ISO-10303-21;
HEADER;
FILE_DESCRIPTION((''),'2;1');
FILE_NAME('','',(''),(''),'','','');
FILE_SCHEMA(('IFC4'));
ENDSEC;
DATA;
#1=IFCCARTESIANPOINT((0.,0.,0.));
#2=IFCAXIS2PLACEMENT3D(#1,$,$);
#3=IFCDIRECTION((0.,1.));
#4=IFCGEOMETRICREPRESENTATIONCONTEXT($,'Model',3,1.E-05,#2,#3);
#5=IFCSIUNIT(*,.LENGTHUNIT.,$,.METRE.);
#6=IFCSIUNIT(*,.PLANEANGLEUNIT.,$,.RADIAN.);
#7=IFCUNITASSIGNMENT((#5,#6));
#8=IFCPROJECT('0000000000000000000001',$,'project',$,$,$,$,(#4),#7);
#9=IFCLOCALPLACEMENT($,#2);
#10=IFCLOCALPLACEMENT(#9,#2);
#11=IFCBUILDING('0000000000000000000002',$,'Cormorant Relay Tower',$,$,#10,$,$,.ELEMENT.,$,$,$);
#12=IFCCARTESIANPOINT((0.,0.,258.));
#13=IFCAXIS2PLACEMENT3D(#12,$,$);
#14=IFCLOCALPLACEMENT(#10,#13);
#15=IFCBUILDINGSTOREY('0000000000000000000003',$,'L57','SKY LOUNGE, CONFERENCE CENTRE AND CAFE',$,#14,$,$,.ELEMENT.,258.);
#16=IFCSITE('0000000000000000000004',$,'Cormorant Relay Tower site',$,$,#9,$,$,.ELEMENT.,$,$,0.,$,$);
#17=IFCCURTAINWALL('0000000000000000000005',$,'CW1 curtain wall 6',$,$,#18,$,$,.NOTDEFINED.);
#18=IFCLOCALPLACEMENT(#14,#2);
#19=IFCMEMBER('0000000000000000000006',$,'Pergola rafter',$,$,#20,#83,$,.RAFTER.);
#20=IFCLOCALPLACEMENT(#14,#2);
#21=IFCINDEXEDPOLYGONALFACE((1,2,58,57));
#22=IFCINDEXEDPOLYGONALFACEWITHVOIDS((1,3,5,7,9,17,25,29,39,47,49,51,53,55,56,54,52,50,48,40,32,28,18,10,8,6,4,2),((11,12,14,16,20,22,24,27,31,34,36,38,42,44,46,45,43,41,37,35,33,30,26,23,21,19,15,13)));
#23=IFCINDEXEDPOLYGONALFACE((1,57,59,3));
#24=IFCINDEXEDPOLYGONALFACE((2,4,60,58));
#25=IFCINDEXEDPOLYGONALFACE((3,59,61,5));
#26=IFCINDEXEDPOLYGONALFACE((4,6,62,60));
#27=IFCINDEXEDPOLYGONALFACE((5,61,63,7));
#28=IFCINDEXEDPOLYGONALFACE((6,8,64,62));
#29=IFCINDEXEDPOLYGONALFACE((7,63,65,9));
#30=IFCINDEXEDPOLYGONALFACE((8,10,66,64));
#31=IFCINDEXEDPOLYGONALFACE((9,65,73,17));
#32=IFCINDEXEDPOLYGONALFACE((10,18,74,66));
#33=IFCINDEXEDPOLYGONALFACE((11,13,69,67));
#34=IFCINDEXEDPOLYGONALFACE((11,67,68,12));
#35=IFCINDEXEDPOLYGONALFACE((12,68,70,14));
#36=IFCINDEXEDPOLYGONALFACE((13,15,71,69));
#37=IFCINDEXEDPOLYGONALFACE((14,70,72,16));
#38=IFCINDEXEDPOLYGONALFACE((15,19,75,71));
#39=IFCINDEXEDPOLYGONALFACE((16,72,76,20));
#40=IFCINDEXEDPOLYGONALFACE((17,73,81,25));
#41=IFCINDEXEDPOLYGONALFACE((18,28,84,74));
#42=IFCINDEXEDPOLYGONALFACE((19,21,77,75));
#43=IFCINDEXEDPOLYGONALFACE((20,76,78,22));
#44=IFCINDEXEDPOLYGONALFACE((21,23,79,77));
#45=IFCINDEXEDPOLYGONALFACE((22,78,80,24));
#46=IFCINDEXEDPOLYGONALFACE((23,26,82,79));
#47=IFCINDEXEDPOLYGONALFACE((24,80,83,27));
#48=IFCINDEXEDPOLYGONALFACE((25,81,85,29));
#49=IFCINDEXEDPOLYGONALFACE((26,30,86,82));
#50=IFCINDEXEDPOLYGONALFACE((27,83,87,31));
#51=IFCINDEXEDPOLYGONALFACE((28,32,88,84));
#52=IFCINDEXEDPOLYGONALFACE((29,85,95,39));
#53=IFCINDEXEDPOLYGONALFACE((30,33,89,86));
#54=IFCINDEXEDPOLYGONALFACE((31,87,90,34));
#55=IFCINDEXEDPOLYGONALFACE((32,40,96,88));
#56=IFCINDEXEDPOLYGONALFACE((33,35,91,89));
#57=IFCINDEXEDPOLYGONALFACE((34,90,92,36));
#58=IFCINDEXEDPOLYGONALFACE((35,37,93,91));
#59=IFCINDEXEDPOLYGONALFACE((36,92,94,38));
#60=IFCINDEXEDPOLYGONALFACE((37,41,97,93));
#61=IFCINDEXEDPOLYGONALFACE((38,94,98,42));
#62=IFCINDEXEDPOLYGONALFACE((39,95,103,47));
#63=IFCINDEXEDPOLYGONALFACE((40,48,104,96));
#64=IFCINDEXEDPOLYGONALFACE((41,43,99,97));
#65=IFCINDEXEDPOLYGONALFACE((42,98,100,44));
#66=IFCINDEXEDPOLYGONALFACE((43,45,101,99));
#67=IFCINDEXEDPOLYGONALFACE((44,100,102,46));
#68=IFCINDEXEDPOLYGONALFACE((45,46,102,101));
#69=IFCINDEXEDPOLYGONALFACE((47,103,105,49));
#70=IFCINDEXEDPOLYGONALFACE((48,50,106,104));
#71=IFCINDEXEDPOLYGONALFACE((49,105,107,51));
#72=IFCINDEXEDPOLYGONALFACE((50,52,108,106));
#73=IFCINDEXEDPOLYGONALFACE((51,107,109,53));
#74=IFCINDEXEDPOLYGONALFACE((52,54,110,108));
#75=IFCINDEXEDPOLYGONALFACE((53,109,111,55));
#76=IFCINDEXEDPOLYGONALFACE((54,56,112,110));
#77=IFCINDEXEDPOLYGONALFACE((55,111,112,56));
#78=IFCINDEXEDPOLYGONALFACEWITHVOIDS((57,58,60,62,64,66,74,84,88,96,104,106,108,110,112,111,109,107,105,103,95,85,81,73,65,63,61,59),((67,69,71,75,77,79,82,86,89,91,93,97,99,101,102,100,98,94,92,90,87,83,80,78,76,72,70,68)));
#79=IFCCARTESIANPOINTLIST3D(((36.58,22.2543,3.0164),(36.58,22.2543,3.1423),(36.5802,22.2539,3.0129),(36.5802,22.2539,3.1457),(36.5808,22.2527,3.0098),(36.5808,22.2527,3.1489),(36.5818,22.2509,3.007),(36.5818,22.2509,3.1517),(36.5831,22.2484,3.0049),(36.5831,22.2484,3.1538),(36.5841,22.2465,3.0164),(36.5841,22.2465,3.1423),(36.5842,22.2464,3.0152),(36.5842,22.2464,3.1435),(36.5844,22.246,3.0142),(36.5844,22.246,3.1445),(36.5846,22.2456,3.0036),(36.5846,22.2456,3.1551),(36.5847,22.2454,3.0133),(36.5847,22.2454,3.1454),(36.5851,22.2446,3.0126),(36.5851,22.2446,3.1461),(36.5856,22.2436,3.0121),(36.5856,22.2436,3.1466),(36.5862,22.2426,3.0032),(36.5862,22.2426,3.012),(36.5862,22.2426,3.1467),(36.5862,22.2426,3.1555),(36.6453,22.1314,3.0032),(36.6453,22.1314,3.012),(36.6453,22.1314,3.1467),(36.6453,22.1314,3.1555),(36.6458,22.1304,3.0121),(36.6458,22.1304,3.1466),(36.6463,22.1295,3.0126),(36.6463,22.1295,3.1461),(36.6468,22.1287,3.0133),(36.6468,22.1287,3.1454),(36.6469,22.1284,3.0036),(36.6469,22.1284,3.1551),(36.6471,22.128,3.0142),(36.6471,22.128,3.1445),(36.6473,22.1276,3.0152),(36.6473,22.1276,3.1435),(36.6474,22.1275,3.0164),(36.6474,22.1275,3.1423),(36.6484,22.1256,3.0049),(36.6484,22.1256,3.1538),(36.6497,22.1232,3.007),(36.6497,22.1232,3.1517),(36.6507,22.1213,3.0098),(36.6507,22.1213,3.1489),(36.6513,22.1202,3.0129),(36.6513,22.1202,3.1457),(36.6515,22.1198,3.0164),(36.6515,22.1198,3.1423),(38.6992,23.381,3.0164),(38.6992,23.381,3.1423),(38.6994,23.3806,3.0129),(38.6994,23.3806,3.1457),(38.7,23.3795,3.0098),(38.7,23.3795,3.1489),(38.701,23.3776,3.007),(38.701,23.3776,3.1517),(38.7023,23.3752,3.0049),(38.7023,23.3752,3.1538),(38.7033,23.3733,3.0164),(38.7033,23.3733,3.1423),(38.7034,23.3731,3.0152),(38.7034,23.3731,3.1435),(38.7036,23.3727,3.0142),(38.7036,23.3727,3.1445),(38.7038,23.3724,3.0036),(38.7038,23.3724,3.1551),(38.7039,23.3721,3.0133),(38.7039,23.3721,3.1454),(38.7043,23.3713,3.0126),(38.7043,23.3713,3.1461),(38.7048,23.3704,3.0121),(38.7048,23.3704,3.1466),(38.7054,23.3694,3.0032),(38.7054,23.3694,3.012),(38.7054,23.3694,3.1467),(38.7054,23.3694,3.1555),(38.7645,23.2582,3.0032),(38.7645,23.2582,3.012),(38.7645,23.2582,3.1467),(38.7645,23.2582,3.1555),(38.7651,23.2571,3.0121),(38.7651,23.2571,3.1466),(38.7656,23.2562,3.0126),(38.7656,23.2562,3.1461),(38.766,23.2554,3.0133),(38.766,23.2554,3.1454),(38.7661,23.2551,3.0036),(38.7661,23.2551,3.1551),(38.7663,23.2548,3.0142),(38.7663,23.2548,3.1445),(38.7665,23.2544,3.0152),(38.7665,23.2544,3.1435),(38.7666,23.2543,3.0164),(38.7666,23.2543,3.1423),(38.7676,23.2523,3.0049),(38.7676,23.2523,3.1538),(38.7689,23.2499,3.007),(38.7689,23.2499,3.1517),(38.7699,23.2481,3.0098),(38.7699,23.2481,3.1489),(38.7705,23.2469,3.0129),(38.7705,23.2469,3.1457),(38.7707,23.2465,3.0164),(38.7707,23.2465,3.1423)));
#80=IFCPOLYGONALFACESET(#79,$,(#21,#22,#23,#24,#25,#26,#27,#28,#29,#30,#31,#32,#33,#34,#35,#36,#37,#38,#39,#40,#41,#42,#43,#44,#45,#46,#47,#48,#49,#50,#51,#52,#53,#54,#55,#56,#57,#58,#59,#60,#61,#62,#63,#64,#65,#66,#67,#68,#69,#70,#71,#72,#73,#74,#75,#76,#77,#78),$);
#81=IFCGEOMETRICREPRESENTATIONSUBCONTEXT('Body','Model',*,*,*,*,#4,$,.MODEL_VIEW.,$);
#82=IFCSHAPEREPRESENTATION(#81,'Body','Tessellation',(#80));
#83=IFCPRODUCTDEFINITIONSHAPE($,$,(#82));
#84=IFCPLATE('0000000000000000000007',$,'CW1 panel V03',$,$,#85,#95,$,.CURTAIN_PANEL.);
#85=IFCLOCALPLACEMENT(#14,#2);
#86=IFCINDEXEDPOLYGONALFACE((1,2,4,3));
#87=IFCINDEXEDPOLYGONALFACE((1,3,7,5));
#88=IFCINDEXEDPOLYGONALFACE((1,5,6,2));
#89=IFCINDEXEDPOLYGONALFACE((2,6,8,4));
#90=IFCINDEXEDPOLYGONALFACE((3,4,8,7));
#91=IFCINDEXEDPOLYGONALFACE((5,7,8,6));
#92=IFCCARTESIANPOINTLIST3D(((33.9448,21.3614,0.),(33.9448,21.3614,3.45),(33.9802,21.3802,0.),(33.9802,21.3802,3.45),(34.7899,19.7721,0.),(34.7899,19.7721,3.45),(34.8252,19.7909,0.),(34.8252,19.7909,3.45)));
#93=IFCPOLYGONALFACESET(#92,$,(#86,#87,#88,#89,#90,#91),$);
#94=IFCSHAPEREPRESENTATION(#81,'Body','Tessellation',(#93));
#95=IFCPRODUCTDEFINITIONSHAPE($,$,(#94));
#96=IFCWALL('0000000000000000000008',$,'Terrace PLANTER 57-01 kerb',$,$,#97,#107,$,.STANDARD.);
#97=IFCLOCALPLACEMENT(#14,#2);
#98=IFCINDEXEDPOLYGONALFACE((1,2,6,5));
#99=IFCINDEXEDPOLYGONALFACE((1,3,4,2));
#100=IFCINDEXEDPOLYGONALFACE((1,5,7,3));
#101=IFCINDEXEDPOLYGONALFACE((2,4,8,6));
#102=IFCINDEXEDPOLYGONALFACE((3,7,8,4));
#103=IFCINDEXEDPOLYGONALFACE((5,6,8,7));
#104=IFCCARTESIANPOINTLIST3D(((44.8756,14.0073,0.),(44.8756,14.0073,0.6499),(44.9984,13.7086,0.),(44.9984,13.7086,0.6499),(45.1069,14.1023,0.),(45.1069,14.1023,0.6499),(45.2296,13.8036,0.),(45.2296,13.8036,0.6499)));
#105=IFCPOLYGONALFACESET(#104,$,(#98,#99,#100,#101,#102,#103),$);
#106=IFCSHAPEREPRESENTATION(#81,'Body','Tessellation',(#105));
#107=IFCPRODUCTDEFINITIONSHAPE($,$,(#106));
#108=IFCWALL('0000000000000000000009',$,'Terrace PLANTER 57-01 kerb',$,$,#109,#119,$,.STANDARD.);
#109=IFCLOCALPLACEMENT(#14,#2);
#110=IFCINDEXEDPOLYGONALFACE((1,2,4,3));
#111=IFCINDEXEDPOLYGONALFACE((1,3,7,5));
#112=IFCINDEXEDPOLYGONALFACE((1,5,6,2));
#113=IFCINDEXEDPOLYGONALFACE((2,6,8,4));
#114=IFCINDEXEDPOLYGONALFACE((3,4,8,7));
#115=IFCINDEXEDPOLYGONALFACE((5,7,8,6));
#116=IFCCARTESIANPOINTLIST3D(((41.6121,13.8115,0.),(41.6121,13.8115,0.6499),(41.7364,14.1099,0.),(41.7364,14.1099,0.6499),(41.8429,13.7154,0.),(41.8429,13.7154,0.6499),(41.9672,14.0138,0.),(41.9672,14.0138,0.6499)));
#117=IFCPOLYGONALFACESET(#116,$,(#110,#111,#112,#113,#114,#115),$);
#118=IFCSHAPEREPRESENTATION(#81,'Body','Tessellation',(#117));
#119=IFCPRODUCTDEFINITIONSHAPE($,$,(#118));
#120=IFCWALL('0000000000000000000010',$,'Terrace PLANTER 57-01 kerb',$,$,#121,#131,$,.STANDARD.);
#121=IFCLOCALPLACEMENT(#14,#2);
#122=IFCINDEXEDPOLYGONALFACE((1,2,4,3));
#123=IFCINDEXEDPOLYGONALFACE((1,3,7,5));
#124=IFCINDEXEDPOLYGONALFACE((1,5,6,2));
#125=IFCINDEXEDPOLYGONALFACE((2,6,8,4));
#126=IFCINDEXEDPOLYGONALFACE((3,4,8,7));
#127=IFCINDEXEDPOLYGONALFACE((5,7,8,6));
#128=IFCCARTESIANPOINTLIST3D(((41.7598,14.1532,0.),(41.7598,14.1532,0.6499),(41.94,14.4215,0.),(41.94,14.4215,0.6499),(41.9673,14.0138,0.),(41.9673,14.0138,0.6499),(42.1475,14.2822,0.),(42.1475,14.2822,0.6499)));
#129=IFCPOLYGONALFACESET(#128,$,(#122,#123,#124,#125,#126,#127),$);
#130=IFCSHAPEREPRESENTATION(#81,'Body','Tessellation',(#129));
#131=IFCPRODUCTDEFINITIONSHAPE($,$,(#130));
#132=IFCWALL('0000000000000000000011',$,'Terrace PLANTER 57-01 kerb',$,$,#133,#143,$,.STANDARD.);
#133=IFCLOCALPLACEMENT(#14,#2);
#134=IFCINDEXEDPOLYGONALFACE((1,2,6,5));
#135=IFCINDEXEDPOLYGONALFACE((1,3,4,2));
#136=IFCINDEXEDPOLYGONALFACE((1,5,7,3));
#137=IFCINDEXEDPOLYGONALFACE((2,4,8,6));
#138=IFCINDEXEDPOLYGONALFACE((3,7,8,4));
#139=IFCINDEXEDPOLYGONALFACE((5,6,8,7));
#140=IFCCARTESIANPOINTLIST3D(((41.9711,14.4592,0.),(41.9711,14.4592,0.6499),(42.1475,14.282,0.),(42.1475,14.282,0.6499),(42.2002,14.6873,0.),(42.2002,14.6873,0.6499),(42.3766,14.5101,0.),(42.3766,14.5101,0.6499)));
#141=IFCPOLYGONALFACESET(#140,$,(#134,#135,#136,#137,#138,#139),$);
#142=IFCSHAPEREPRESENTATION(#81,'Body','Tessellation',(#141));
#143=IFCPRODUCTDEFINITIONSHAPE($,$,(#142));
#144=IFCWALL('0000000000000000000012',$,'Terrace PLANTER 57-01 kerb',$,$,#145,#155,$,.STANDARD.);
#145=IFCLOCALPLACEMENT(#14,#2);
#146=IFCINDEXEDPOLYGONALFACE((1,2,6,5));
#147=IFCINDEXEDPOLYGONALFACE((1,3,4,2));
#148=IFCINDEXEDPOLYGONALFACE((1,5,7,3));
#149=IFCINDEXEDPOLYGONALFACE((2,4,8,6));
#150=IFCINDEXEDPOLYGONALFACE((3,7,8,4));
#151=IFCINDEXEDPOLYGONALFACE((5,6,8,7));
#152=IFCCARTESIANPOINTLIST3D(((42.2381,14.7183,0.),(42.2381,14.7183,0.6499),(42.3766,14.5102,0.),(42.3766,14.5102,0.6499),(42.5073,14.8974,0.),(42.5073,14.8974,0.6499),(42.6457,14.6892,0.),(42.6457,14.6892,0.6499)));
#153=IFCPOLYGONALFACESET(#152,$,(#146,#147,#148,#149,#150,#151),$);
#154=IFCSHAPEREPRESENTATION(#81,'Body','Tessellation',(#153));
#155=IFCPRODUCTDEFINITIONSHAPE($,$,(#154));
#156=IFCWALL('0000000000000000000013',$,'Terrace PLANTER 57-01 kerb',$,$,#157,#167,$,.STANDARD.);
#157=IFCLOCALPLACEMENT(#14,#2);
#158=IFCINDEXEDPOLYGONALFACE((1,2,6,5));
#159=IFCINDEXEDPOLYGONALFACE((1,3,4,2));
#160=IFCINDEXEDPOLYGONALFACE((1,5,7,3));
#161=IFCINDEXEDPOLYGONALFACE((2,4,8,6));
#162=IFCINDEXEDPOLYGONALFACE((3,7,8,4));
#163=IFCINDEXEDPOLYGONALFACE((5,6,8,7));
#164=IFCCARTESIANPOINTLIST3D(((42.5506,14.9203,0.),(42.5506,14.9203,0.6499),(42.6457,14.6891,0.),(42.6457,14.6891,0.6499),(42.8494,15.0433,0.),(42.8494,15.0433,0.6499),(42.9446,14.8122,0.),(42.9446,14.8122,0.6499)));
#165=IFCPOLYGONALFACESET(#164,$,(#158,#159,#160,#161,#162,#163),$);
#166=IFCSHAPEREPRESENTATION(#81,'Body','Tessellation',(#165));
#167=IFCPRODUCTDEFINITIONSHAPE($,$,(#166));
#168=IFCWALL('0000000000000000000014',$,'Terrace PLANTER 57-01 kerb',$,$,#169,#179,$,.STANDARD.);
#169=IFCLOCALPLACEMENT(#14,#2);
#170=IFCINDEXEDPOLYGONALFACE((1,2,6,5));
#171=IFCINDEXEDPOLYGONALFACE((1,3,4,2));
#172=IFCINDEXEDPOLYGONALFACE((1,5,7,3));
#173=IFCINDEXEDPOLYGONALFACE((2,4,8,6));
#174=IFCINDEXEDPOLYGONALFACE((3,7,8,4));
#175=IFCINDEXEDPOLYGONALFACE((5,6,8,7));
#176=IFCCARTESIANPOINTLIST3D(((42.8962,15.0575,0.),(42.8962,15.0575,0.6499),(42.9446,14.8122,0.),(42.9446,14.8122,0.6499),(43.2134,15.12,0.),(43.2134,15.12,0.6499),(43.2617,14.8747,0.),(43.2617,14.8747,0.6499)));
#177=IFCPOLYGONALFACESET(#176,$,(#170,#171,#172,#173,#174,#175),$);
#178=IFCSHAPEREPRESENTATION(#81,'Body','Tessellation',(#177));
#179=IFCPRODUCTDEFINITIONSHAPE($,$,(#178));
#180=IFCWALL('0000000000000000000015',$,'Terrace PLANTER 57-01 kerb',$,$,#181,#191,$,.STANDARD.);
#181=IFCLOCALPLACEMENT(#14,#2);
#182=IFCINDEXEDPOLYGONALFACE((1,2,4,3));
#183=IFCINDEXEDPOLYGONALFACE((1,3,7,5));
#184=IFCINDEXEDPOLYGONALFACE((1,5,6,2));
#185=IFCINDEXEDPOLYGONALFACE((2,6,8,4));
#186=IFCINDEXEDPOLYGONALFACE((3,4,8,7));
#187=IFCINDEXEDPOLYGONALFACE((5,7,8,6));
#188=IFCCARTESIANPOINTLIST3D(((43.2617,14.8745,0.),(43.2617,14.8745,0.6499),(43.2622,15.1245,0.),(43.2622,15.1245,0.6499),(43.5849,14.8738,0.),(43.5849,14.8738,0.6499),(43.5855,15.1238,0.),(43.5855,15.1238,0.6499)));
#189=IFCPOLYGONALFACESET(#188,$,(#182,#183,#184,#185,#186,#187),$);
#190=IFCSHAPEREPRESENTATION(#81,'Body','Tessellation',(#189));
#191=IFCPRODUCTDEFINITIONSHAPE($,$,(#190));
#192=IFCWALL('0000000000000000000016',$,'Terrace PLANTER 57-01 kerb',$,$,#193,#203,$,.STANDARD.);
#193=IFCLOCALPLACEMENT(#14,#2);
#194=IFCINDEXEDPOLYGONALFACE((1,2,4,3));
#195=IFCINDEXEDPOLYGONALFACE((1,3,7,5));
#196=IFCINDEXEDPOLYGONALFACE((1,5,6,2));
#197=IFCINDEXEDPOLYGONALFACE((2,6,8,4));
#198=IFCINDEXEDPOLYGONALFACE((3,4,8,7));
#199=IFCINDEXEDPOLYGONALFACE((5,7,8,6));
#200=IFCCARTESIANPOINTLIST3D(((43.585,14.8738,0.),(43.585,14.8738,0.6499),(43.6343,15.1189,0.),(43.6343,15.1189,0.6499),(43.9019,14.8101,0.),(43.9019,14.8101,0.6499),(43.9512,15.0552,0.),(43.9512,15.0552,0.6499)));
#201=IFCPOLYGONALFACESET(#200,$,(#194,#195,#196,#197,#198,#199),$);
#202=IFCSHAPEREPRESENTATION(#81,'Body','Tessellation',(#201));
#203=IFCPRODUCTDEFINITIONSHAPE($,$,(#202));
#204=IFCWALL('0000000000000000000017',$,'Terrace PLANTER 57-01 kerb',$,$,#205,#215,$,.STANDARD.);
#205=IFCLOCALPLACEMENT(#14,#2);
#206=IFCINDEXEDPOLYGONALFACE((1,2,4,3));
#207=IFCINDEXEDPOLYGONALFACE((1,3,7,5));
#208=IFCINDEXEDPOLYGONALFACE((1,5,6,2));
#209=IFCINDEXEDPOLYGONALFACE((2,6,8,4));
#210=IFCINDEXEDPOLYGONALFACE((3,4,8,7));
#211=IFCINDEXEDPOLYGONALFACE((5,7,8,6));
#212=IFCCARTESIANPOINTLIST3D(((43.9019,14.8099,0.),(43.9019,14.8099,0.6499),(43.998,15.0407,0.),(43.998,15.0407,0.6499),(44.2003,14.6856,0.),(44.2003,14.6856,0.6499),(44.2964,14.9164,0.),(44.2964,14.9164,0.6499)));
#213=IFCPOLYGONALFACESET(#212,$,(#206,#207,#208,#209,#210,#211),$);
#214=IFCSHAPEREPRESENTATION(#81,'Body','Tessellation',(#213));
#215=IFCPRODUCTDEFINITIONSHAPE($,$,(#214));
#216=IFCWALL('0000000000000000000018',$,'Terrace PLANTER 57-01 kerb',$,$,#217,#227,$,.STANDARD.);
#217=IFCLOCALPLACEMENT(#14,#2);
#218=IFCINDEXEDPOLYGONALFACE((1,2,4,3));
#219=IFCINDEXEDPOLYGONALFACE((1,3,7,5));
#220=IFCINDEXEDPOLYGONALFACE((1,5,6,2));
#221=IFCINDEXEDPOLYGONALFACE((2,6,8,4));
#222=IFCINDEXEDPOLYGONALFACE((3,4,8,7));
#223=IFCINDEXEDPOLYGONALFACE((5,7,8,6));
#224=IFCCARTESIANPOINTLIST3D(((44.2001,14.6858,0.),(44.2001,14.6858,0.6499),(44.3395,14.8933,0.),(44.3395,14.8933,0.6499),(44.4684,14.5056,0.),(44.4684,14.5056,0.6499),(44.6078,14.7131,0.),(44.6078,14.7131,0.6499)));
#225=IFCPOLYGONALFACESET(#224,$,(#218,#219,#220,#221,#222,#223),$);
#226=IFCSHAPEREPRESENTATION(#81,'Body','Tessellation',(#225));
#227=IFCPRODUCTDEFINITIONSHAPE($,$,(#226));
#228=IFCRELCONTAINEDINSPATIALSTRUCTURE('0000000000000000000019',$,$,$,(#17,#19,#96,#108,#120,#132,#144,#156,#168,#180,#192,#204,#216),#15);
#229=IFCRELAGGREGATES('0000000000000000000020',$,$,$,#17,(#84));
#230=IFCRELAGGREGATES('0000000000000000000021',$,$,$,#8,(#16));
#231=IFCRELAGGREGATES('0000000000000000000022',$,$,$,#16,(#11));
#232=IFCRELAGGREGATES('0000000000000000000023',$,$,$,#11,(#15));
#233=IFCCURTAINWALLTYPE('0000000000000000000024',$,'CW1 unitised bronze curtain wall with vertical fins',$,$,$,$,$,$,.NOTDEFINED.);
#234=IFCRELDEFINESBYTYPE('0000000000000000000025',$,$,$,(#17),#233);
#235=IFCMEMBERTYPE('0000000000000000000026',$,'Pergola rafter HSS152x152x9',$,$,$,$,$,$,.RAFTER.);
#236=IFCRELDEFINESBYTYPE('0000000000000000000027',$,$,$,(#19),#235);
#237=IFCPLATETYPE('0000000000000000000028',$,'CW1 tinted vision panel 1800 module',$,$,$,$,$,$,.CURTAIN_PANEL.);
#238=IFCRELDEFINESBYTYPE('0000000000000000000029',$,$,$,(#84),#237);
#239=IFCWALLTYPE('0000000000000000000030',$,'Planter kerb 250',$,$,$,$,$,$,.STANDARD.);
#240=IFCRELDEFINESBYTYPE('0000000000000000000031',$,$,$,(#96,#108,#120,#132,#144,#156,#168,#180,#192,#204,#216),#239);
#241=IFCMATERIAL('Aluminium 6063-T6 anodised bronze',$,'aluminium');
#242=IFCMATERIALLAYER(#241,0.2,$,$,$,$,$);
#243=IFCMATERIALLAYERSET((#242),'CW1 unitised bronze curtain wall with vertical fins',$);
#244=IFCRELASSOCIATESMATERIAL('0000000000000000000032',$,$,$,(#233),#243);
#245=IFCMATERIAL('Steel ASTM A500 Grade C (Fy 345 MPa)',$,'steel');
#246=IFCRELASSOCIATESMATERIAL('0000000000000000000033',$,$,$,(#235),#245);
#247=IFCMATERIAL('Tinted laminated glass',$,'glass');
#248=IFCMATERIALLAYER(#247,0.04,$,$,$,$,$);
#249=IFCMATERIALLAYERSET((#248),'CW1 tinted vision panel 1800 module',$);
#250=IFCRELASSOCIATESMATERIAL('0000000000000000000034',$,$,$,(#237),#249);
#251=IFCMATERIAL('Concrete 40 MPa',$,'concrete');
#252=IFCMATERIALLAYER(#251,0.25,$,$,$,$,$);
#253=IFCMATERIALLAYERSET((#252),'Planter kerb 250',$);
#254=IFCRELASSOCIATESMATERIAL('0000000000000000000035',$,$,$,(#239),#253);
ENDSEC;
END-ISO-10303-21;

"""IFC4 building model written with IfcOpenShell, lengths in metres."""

from ifc_helpers import new_model, si_unit, direction, frame, frame_2d, origin, origin_2d, place, context, subcontext, project, spatial, rectangle, hollow_rectangle, extrude, material, layer, layer_set, material_profile, profile_set, type_object, element, aggregate, save


model = new_model("IFC4")

# Units and contexts
model_context = context("Model", 3, precision=1e-05, world=origin(), true_north=direction((0.0, 1.0)))
body_context = subcontext(model_context, "Body", "Model", "MODEL_VIEW")
ifc_project = project(units=[si_unit("LENGTHUNIT", "METRE"), si_unit("PLANEANGLEUNIT", "RADIAN")], contexts=[model_context])

# Site, building, storey
site_placement = place(None, origin())
site = spatial("IfcSite", under=ifc_project, at=site_placement, Name="Cormorant Relay Tower site", CompositionType="ELEMENT", RefElevation=0.0)
building_placement = place(site_placement, origin())
building = spatial("IfcBuilding", under=site, at=building_placement, Name="Cormorant Relay Tower", CompositionType="ELEMENT")
storey_placement = place(building_placement, frame((0.0, 0.0, 258.0)))
storey = spatial("IfcBuildingStorey", under=building, at=storey_placement, Name="L57", Description="SKY LOUNGE, CONFERENCE CENTRE AND CAFE", CompositionType="ELEMENT", Elevation=258.0)

# Curtain wall
ifc_material_1 = material(Name="Aluminium 6063-T6 anodised bronze", Category="aluminium")
ifc_layer_1 = layer(ifc_material_1, 0.2)
ifc_layer_set_1 = layer_set([ifc_layer_1], Name="CW1 unitised bronze curtain wall with vertical fins")
curtain_wall_type = type_object("IfcCurtainWallType", Name="CW1 unitised bronze curtain wall with vertical fins", PredefinedType="NOTDEFINED", material=ifc_layer_set_1)
curtain_wall_placement = place(storey_placement, origin())
curtain_wall = element("IfcCurtainWall", 1, at=curtain_wall_placement, inside=storey, type_object=curtain_wall_type, Name="CW1 curtain wall 6", PredefinedType="NOTDEFINED")

# Member
ifc_material_2 = material(Name="Steel ASTM A500 Grade C (Fy 345 MPa)", Category="steel")
ifc_material_profile_1 = material_profile(ifc_material_2, hollow_rectangle(XDim=0.1523, YDim=0.1523, WallThickness=0.0088, InnerFilletRadius=0.0044, OuterFilletRadius=0.0132, at=origin_2d()), Name="HSS152x152x9")
ifc_profile_set_1 = profile_set([ifc_material_profile_1], Name="Steel ASTM A500 Grade C (Fy 345 MPa)")
member_type_1 = type_object("IfcMemberType", Name="Pergola rafter HSS152x152x9", PredefinedType="RAFTER", material=ifc_profile_set_1)
member_1_placement = place(storey_placement, frame((36.6157, 22.187, 3.0793), z_axis=(0.882958, 0.469453, 0.0), x_axis=(-0.469453, 0.882958, 0.0)))
element("IfcMember", 2, at=member_1_placement, inside=storey, type_object=member_type_1, Name="Pergola rafter", PredefinedType="RAFTER", context=body_context, shape_type="SweptSolid", body=[
    extrude(hollow_rectangle(XDim=0.1523, YDim=0.1523, WallThickness=0.0088, InnerFilletRadius=0.0044, OuterFilletRadius=0.0132, at=origin_2d()), origin(), (0.0, 0.0, 1.0), 2.4001),
])

# Plate
ifc_material_3 = material(Name="Tinted laminated glass", Category="glass")
ifc_layer_2 = layer(ifc_material_3, 0.04)
ifc_layer_set_2 = layer_set([ifc_layer_2], Name="CW1 tinted vision panel 1800 module")
plate_type = type_object("IfcPlateType", Name="CW1 tinted vision panel 1800 module", PredefinedType="CURTAIN_PANEL", material=ifc_layer_set_2)
plate_placement = place(storey_placement, frame((34.385, 20.5762, 0.0), z_axis=(0.0, 0.0, 1.0), x_axis=(-0.469472, 0.882948, 0.0)))
plate = element("IfcPlate", 3, at=plate_placement, type_object=plate_type, Name="CW1 panel V03", PredefinedType="CURTAIN_PANEL", context=body_context, shape_type="SweptSolid", body=[
    extrude(rectangle(XDim=1.8, YDim=0.04, at=origin_2d()), origin(), (0.0, 0.0, 1.0), 3.45),
])

# Walls
ifc_material_4 = material(Name="Concrete 40 MPa", Category="concrete")
ifc_layer_3 = layer(ifc_material_4, 0.25)
ifc_layer_set_3 = layer_set([ifc_layer_3], Name="Planter kerb 250")
wall_type_1 = type_object("IfcWallType", Name="Planter kerb 250", PredefinedType="STANDARD", material=ifc_layer_set_3)
wall_1_placement = place(storey_placement, frame((44.9912, 14.0549, 0.0), z_axis=(0.0, 0.0, 1.0), x_axis=(0.380104, -0.924944, 0.0)))
element("IfcWall", 4, at=wall_1_placement, inside=storey, type_object=wall_type_1, Name="Terrace PLANTER 57-01 kerb", PredefinedType="STANDARD", context=body_context, shape_type="SweptSolid", body=[
    extrude(rectangle(XDim=0.323, YDim=0.25, at=frame_2d((0.1616, 0.0))), origin(), (0.0, 0.0, 1.0), 0.6499),
])
for number, where, z_axis, x_axis, name in (
    (5, (41.7275, 13.7634, 0.0), (0.0, 0.0, 1.0), (0.384508, 0.923122, 0.0), "Terrace PLANTER 57-01 kerb"),
    (6, (41.8635, 14.0835, 0.0), (0.0, 0.0, 1.0), (0.557486, 0.830186, 0.0), "Terrace PLANTER 57-01 kerb"),
    (7, (42.0593, 14.3706, 0.0), (0.0, 0.0, 1.0), (0.708616, 0.705594, 0.0), "Terrace PLANTER 57-01 kerb"),
    (8, (42.3074, 14.6143, 0.0), (0.0, 0.0, 1.0), (0.832631, 0.553828, 0.0), "Terrace PLANTER 57-01 kerb"),
    (9, (42.5981, 14.8047, 0.0), (0.0, 0.0, 1.0), (0.924678, 0.38075, 0.0), "Terrace PLANTER 57-01 kerb"),
    (10, (42.9204, 14.9348, 0.0), (0.0, 0.0, 1.0), (0.981129, 0.193356, 0.0), "Terrace PLANTER 57-01 kerb"),
    (11, (43.262, 14.9995, 0.0), (0.0, 0.0, 1.0), (0.999997, -0.002266, 0.0), "Terrace PLANTER 57-01 kerb"),
    (12, (43.6096, 14.9963, 0.0), (0.0, 0.0, 1.0), (0.980377, -0.197133, 0.0), "Terrace PLANTER 57-01 kerb"),
    (13, (43.95, 14.9253, 0.0), (0.0, 0.0, 1.0), (0.923122, -0.384508, 0.0), "Terrace PLANTER 57-01 kerb"),
    (14, (44.2698, 14.7896, 0.0), (0.0, 0.0, 1.0), (0.830186, -0.557486, 0.0), "Terrace PLANTER 57-01 kerb"),
):
    element("IfcWall", number, at=place(storey_placement, frame(where, z_axis=z_axis, x_axis=x_axis)), inside=storey, type_object=wall_type_1, Name=name, PredefinedType="STANDARD", context=body_context, shape_type="SweptSolid", body=[
        extrude(rectangle(XDim=0.3232, YDim=0.25, at=frame_2d((0.1616, 0.0))), origin(), (0.0, 0.0, 1.0), 0.6499),
    ])

aggregate(curtain_wall, [plate])

save(model, "model.ifc")
